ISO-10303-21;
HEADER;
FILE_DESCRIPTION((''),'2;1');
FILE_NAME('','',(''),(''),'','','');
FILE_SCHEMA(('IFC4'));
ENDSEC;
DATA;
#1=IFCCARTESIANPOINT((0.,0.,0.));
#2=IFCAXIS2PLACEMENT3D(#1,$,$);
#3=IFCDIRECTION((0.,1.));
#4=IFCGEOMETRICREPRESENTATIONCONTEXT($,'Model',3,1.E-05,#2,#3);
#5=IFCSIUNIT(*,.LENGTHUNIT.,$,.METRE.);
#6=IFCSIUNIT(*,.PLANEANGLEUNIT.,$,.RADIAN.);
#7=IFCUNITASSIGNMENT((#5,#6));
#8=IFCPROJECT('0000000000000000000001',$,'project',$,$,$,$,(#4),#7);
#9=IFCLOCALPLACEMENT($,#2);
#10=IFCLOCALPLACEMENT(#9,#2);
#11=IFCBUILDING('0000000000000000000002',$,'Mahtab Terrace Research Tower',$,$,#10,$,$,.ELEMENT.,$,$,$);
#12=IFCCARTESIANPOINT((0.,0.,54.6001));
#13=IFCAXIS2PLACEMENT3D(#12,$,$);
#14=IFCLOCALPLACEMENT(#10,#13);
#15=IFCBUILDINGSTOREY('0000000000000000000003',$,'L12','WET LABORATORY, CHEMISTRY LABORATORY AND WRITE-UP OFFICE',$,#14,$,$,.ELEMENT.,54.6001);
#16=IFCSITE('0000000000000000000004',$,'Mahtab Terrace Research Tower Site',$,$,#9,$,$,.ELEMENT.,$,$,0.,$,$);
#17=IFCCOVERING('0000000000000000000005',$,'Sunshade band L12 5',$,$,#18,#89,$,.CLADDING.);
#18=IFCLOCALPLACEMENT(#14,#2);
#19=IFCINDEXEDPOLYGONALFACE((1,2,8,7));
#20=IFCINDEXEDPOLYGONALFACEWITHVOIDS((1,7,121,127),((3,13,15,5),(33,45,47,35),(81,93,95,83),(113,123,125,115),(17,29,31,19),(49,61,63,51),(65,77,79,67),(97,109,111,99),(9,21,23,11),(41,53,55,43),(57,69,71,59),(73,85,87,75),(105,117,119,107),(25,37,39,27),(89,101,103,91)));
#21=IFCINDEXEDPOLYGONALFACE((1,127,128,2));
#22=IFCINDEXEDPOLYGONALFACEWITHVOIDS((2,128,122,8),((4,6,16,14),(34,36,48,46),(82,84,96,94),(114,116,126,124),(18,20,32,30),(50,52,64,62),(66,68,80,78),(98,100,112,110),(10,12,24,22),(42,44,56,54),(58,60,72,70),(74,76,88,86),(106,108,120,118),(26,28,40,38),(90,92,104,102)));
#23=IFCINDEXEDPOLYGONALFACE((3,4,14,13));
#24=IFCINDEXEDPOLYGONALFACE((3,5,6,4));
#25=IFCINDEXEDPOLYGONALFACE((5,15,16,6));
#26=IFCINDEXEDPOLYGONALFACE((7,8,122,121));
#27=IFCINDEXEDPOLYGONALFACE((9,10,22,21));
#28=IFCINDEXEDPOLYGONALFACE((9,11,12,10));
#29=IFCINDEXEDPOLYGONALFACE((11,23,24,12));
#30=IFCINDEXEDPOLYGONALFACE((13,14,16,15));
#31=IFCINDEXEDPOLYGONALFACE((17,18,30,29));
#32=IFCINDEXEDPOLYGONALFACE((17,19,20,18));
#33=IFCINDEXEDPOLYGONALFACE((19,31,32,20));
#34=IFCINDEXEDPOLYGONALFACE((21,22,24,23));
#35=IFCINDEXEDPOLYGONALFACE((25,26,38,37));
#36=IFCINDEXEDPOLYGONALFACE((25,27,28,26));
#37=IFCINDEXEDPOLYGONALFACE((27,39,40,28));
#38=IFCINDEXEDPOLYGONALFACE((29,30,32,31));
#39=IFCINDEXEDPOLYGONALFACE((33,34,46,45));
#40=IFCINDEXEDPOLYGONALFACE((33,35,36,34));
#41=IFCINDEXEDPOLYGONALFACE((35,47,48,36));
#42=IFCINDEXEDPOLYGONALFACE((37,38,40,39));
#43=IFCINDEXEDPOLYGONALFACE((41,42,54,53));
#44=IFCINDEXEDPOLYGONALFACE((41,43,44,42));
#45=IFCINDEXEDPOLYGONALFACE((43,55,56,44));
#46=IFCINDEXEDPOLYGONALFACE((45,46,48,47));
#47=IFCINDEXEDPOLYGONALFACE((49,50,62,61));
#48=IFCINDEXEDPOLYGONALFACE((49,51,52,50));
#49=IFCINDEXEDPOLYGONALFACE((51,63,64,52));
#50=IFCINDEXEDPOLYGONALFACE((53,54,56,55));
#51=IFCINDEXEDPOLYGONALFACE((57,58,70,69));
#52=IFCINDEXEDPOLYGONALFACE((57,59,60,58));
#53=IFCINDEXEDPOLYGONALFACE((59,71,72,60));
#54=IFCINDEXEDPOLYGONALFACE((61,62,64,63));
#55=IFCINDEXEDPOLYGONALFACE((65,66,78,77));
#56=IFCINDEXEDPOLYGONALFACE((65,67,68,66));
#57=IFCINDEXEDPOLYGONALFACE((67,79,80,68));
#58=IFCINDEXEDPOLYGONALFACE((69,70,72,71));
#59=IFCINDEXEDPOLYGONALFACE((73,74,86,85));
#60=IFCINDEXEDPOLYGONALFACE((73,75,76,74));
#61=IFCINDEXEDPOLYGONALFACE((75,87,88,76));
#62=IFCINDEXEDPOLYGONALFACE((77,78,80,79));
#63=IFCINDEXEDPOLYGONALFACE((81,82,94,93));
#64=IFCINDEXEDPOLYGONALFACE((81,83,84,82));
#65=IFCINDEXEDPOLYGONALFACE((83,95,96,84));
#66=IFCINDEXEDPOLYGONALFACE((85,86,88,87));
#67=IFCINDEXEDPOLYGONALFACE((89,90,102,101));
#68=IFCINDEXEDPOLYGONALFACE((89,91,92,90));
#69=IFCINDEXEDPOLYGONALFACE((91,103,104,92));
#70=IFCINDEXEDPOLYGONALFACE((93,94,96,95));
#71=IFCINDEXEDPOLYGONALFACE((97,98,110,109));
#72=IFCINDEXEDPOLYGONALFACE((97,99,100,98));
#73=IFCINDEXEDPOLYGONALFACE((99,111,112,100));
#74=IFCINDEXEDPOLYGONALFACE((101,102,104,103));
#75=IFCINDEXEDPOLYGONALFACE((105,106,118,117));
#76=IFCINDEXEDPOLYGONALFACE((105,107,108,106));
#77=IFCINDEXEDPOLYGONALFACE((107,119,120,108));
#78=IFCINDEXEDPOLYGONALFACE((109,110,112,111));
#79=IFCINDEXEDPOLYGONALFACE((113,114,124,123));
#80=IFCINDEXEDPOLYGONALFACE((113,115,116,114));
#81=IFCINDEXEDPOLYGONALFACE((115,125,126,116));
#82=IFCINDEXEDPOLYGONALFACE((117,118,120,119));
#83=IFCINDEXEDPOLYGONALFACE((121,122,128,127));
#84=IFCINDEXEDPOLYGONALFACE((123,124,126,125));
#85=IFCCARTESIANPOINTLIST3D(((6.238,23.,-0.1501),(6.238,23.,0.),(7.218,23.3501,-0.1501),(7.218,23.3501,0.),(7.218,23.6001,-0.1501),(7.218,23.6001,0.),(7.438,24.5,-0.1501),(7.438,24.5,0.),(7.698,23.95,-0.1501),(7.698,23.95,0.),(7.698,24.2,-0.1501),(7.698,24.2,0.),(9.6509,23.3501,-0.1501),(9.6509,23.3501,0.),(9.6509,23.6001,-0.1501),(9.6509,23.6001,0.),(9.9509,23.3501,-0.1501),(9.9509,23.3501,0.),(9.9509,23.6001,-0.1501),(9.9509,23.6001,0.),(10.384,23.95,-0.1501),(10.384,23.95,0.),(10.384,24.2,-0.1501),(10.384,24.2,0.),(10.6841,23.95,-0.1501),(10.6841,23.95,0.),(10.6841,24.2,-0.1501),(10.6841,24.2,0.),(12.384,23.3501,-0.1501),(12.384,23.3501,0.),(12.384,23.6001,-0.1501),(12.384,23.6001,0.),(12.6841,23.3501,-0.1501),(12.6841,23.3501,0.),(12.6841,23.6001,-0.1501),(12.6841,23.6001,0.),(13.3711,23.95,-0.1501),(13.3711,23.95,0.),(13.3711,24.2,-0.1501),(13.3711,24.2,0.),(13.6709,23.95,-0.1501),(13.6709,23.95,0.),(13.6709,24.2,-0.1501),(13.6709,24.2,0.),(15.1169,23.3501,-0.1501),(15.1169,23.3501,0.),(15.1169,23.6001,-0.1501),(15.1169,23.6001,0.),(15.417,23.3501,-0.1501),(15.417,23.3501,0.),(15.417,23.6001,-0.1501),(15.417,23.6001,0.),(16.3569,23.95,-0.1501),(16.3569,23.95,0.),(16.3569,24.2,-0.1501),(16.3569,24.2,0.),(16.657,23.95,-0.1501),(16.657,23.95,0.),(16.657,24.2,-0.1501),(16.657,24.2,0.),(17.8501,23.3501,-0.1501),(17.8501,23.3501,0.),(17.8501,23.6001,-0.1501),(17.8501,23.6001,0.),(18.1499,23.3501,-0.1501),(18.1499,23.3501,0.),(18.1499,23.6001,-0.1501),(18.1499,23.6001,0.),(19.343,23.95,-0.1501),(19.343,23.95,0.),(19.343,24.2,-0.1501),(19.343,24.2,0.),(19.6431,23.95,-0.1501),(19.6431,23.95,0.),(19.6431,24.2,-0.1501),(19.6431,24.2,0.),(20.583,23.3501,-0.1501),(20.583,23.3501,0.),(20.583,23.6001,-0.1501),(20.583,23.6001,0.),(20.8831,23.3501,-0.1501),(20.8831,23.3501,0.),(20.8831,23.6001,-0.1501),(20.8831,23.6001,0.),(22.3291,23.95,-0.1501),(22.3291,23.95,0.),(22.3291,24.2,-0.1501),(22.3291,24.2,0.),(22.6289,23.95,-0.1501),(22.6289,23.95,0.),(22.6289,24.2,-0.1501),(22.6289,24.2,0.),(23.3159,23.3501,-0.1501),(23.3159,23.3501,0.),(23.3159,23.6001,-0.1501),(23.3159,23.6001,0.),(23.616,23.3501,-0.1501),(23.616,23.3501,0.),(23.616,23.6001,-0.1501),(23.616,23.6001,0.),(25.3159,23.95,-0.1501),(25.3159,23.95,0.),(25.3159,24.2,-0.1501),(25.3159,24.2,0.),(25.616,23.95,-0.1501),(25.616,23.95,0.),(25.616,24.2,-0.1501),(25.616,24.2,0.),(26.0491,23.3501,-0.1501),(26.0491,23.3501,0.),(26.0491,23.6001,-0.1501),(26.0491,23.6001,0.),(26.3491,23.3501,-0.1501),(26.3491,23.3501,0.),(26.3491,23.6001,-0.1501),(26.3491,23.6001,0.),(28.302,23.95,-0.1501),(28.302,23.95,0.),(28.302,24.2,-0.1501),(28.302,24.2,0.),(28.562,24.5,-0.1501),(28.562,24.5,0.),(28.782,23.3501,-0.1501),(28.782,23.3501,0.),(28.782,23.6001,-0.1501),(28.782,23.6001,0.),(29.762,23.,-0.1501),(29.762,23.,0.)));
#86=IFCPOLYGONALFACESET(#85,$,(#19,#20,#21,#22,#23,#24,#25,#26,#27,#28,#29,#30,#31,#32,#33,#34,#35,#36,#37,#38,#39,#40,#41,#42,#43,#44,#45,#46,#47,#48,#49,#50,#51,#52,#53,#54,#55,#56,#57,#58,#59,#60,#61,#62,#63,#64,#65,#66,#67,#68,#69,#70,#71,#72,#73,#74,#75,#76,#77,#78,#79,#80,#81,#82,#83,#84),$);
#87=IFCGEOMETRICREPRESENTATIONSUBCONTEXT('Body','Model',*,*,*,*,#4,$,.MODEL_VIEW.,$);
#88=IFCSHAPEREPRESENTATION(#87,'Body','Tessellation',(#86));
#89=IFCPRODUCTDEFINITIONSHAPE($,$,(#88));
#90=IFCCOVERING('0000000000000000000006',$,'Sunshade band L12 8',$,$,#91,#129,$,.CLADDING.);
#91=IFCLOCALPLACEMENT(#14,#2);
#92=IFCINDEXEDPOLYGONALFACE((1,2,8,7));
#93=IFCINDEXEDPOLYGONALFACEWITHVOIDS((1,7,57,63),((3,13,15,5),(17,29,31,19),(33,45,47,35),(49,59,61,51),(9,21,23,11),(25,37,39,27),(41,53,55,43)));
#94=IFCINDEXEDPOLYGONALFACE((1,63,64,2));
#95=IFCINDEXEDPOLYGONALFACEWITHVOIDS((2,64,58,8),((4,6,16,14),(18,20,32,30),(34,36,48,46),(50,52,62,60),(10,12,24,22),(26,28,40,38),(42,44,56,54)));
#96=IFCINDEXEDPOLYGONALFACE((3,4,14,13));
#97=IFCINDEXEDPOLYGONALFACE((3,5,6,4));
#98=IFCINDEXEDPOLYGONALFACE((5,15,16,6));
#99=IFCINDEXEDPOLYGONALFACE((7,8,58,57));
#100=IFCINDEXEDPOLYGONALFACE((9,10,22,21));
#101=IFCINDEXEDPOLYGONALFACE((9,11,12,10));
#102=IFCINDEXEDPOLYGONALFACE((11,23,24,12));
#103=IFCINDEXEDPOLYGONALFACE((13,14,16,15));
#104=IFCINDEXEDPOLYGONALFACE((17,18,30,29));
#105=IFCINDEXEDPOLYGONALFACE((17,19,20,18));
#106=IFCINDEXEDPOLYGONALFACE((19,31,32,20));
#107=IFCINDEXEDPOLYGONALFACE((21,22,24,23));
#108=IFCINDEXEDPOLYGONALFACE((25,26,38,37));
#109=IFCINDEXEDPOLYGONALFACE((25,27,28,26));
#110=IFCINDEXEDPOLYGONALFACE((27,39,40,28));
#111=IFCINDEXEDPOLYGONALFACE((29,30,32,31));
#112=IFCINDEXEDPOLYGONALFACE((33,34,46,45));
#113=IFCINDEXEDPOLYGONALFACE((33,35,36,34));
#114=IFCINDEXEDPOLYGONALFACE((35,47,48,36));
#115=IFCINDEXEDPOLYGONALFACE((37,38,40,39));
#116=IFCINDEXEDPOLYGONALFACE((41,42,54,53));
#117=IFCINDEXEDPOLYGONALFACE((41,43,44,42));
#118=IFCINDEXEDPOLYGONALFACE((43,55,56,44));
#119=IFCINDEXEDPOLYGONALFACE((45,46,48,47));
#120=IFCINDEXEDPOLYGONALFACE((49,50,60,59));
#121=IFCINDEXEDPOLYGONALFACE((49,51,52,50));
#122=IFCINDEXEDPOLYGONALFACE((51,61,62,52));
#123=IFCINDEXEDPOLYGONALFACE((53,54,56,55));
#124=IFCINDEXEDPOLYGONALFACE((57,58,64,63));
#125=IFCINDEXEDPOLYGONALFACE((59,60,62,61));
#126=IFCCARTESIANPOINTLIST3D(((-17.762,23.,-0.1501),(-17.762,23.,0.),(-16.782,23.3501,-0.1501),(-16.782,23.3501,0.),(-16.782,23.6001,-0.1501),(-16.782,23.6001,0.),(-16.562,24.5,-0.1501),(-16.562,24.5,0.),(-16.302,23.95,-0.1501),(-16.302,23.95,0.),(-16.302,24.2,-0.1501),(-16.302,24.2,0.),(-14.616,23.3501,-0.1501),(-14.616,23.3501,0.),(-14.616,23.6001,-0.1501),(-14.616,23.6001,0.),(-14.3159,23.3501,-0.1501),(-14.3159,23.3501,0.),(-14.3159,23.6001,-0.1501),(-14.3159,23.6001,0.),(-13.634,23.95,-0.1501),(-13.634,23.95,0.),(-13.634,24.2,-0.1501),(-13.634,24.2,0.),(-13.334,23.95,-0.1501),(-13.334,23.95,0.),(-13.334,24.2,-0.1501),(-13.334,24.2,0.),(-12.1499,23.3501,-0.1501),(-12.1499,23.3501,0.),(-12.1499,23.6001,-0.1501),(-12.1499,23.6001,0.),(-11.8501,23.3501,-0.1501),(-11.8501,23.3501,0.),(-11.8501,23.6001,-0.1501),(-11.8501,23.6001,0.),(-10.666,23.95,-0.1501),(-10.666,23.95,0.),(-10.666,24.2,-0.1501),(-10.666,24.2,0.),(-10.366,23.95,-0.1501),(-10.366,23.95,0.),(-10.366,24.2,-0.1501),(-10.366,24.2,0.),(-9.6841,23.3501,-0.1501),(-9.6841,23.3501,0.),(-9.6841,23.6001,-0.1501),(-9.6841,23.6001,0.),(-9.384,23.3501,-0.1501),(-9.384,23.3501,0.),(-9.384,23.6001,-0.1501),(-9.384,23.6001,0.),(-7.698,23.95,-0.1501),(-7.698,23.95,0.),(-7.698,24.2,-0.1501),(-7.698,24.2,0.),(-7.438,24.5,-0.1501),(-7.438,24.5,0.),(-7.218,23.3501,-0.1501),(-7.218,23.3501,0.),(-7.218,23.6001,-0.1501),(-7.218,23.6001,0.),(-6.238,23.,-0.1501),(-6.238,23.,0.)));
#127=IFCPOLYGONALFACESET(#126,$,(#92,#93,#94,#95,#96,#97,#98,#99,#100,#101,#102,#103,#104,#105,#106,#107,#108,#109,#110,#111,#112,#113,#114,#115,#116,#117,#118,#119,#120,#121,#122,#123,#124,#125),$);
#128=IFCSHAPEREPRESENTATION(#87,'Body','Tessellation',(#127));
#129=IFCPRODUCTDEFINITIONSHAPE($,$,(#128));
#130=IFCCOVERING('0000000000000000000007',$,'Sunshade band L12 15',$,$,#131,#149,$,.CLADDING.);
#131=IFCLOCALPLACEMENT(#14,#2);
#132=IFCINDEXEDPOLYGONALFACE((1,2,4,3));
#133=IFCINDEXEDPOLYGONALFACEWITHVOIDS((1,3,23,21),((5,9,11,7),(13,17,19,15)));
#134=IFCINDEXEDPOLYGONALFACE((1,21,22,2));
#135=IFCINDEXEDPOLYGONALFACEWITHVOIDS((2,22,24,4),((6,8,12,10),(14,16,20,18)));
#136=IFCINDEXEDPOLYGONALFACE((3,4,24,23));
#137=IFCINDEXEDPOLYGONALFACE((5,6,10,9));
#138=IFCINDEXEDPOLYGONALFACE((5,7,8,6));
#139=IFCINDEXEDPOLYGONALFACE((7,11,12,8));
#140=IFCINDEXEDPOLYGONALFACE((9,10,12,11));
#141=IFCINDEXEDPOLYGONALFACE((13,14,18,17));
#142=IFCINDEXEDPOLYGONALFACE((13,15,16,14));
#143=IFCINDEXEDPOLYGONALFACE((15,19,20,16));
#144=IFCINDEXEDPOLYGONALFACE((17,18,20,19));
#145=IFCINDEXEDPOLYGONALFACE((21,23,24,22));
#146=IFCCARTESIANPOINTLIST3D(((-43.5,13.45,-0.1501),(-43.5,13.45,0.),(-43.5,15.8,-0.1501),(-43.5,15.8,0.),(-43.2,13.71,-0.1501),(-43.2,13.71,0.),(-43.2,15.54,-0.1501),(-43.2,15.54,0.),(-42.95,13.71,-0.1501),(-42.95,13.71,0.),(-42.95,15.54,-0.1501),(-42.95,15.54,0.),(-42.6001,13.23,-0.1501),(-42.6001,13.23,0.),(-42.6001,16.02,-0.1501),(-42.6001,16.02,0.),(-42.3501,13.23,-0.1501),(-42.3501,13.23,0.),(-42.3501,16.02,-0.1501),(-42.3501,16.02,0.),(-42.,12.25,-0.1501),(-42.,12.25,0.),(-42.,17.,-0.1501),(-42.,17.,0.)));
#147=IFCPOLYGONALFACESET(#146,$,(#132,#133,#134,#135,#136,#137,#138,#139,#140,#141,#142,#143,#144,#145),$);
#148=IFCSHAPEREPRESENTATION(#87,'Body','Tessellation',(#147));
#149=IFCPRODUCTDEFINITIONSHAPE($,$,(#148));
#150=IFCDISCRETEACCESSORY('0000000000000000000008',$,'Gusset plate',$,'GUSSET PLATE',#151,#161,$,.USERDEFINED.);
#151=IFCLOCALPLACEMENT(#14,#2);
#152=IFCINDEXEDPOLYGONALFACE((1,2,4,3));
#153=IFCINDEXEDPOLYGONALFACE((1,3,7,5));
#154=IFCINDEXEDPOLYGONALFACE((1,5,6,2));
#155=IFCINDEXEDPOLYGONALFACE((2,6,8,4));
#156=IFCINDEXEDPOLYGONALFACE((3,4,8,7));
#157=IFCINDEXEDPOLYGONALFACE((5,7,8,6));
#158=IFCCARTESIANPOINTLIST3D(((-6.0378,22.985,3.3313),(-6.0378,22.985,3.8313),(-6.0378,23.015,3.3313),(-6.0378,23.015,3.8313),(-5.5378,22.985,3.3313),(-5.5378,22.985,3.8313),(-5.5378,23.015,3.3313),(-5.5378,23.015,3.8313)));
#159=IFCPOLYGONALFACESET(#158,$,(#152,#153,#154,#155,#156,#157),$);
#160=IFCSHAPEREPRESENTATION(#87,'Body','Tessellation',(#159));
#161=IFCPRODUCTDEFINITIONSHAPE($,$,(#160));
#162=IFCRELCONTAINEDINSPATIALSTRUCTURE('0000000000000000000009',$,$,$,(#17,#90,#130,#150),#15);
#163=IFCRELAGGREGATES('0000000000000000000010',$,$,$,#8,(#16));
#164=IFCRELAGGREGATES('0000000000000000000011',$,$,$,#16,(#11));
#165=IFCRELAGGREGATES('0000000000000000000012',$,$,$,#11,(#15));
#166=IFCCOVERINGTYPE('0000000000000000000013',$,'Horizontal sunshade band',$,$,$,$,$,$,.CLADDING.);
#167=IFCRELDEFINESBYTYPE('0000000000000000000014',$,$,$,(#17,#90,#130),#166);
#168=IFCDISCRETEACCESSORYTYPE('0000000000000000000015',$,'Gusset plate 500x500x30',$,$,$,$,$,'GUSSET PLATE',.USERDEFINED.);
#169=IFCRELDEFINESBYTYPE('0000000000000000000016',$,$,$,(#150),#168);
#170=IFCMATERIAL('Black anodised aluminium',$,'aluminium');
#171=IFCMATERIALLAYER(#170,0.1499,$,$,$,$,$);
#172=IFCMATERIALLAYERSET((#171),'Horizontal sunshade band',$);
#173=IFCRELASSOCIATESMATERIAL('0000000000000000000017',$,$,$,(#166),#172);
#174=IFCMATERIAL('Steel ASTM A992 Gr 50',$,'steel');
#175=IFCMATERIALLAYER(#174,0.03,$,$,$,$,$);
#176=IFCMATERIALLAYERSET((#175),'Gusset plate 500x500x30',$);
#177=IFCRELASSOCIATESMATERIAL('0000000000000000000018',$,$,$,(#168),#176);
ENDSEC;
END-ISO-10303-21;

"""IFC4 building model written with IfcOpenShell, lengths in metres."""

from ifc_helpers import new_model, si_unit, direction, frame, origin, origin_2d, place, context, subcontext, project, spatial, polyline, rectangle, outline, extrude, material, layer, layer_set, type_object, element, save


model = new_model("IFC4")

# Units and contexts
model_context = context("Model", 3, precision=1e-05, world=origin(), true_north=direction((0.0, 1.0)))
body_context = subcontext(model_context, "Body", "Model", "MODEL_VIEW")
ifc_project = project(units=[si_unit("LENGTHUNIT", "METRE"), si_unit("PLANEANGLEUNIT", "RADIAN")], contexts=[model_context])

# Site, building, storey
site_placement = place(None, origin())
site = spatial("IfcSite", under=ifc_project, at=site_placement, Name="Mahtab Terrace Research Tower Site", CompositionType="ELEMENT", RefElevation=0.0)
building_placement = place(site_placement, origin())
building = spatial("IfcBuilding", under=site, at=building_placement, Name="Mahtab Terrace Research Tower", CompositionType="ELEMENT")
storey_placement = place(building_placement, frame((0.0, 0.0, 54.6001)))
storey = spatial("IfcBuildingStorey", under=building, at=storey_placement, Name="L12", Description="WET LABORATORY, CHEMISTRY LABORATORY AND WRITE-UP OFFICE", CompositionType="ELEMENT", Elevation=54.6001)

# Shared definitions
ifc_material_1 = material(Name="Steel ASTM A992 Gr 50", Category="steel")

# Coverings
ifc_material_2 = material(Name="Black anodised aluminium", Category="aluminium")
ifc_layer_1 = layer(ifc_material_2, 0.1499)
ifc_layer_set_1 = layer_set([ifc_layer_1], Name="Horizontal sunshade band")
covering_type = type_object("IfcCoveringType", Name="Horizontal sunshade band", PredefinedType="CLADDING", material=ifc_layer_set_1)
covering_1_placement = place(storey_placement, frame((0.0, 0.0, -0.1501)))
element("IfcCovering", 1, at=covering_1_placement, inside=storey, type_object=covering_type, Name="Sunshade band L12 5", PredefinedType="CLADDING", context=body_context, shape_type="SweptSolid", body=[
    extrude(outline(polyline([(29.762, 23.0), (6.238, 23.0), (7.438, 24.5), (28.562, 24.5), (29.762, 23.0)]), holes=[polyline([(28.782, 23.3501), (26.3491, 23.3501), (26.3491, 23.6001), (28.782, 23.6001), (28.782, 23.3501)]), polyline([(26.0491, 23.3501), (23.616, 23.3501), (23.616, 23.6001), (26.0491, 23.6001), (26.0491, 23.3501)]), polyline([(23.3159, 23.3501), (20.8831, 23.3501), (20.8831, 23.6001), (23.3159, 23.6001), (23.3159, 23.3501)]), polyline([(20.583, 23.3501), (18.1499, 23.3501), (18.1499, 23.6001), (20.583, 23.6001), (20.583, 23.3501)]), polyline([(17.8501, 23.3501), (15.417, 23.3501), (15.417, 23.6001), (17.8501, 23.6001), (17.8501, 23.3501)]), polyline([(15.1169, 23.3501), (12.6841, 23.3501), (12.6841, 23.6001), (15.1169, 23.6001), (15.1169, 23.3501)]), polyline([(12.384, 23.3501), (9.9509, 23.3501), (9.9509, 23.6001), (12.384, 23.6001), (12.384, 23.3501)]), polyline([(9.6509, 23.3501), (7.218, 23.3501), (7.218, 23.6001), (9.6509, 23.6001), (9.6509, 23.3501)]), polyline([(28.302, 23.95), (25.616, 23.95), (25.616, 24.2), (28.302, 24.2), (28.302, 23.95)]), polyline([(25.3159, 23.95), (22.6289, 23.95), (22.6289, 24.2), (25.3159, 24.2), (25.3159, 23.95)]), polyline([(22.3291, 23.95), (19.6431, 23.95), (19.6431, 24.2), (22.3291, 24.2), (22.3291, 23.95)]), polyline([(19.343, 23.95), (16.657, 23.95), (16.657, 24.2), (19.343, 24.2), (19.343, 23.95)]), polyline([(16.3569, 23.95), (13.6709, 23.95), (13.6709, 24.2), (16.3569, 24.2), (16.3569, 23.95)]), polyline([(13.3711, 23.95), (10.6841, 23.95), (10.6841, 24.2), (13.3711, 24.2), (13.3711, 23.95)]), polyline([(10.384, 23.95), (7.698, 23.95), (7.698, 24.2), (10.384, 24.2), (10.384, 23.95)])]), origin(), (0.0, 0.0, 1.0), 0.1501),
])
covering_2_placement = place(storey_placement, frame((0.0, 0.0, -0.1501)))
element("IfcCovering", 2, at=covering_2_placement, inside=storey, type_object=covering_type, Name="Sunshade band L12 8", PredefinedType="CLADDING", context=body_context, shape_type="SweptSolid", body=[
    extrude(outline(polyline([(-6.238, 23.0), (-17.762, 23.0), (-16.562, 24.5), (-7.438, 24.5), (-6.238, 23.0)]), holes=[polyline([(-7.218, 23.3501), (-9.384, 23.3501), (-9.384, 23.6001), (-7.218, 23.6001), (-7.218, 23.3501)]), polyline([(-9.6841, 23.3501), (-11.8501, 23.3501), (-11.8501, 23.6001), (-9.6841, 23.6001), (-9.6841, 23.3501)]), polyline([(-12.1499, 23.3501), (-14.3159, 23.3501), (-14.3159, 23.6001), (-12.1499, 23.6001), (-12.1499, 23.3501)]), polyline([(-14.616, 23.3501), (-16.782, 23.3501), (-16.782, 23.6001), (-14.616, 23.6001), (-14.616, 23.3501)]), polyline([(-7.698, 23.95), (-10.366, 23.95), (-10.366, 24.2), (-7.698, 24.2), (-7.698, 23.95)]), polyline([(-10.666, 23.95), (-13.334, 23.95), (-13.334, 24.2), (-10.666, 24.2), (-10.666, 23.95)]), polyline([(-13.634, 23.95), (-16.302, 23.95), (-16.302, 24.2), (-13.634, 24.2), (-13.634, 23.95)])]), origin(), (0.0, 0.0, 1.0), 0.1501),
])
covering_3_placement = place(storey_placement, frame((0.0, 0.0, -0.1501)))
element("IfcCovering", 3, at=covering_3_placement, inside=storey, type_object=covering_type, Name="Sunshade band L12 15", PredefinedType="CLADDING", context=body_context, shape_type="SweptSolid", body=[
    extrude(outline(polyline([(-42.0, 17.0), (-42.0, 12.25), (-43.5, 13.45), (-43.5, 15.8), (-42.0, 17.0)]), holes=[polyline([(-42.3501, 16.02), (-42.3501, 13.23), (-42.6001, 13.23), (-42.6001, 16.02), (-42.3501, 16.02)]), polyline([(-42.95, 15.54), (-42.95, 13.71), (-43.2, 13.71), (-43.2, 15.54), (-42.95, 15.54)])]), origin(), (0.0, 0.0, 1.0), 0.1501),
])

# Discrete accessory
ifc_layer_2 = layer(ifc_material_1, 0.03)
ifc_layer_set_2 = layer_set([ifc_layer_2], Name="Gusset plate 500x500x30")
discrete_accessory_type = type_object("IfcDiscreteAccessoryType", Name="Gusset plate 500x500x30", ElementType="GUSSET PLATE", PredefinedType="USERDEFINED", material=ifc_layer_set_2)
discrete_accessory_placement = place(storey_placement, frame((-5.7878, 23.0, 3.3313), z_axis=(0.0, 0.0, 1.0), x_axis=(1.0, 0.0, 0.0)))
element("IfcDiscreteAccessory", 4, at=discrete_accessory_placement, inside=storey, type_object=discrete_accessory_type, Name="Gusset plate", ObjectType="GUSSET PLATE", PredefinedType="USERDEFINED", context=body_context, shape_type="SweptSolid", body=[
    extrude(rectangle(XDim=0.5, YDim=0.03, at=origin_2d()), origin(), (0.0, 0.0, 1.0), 0.5),
])

save(model, "model.ifc")
